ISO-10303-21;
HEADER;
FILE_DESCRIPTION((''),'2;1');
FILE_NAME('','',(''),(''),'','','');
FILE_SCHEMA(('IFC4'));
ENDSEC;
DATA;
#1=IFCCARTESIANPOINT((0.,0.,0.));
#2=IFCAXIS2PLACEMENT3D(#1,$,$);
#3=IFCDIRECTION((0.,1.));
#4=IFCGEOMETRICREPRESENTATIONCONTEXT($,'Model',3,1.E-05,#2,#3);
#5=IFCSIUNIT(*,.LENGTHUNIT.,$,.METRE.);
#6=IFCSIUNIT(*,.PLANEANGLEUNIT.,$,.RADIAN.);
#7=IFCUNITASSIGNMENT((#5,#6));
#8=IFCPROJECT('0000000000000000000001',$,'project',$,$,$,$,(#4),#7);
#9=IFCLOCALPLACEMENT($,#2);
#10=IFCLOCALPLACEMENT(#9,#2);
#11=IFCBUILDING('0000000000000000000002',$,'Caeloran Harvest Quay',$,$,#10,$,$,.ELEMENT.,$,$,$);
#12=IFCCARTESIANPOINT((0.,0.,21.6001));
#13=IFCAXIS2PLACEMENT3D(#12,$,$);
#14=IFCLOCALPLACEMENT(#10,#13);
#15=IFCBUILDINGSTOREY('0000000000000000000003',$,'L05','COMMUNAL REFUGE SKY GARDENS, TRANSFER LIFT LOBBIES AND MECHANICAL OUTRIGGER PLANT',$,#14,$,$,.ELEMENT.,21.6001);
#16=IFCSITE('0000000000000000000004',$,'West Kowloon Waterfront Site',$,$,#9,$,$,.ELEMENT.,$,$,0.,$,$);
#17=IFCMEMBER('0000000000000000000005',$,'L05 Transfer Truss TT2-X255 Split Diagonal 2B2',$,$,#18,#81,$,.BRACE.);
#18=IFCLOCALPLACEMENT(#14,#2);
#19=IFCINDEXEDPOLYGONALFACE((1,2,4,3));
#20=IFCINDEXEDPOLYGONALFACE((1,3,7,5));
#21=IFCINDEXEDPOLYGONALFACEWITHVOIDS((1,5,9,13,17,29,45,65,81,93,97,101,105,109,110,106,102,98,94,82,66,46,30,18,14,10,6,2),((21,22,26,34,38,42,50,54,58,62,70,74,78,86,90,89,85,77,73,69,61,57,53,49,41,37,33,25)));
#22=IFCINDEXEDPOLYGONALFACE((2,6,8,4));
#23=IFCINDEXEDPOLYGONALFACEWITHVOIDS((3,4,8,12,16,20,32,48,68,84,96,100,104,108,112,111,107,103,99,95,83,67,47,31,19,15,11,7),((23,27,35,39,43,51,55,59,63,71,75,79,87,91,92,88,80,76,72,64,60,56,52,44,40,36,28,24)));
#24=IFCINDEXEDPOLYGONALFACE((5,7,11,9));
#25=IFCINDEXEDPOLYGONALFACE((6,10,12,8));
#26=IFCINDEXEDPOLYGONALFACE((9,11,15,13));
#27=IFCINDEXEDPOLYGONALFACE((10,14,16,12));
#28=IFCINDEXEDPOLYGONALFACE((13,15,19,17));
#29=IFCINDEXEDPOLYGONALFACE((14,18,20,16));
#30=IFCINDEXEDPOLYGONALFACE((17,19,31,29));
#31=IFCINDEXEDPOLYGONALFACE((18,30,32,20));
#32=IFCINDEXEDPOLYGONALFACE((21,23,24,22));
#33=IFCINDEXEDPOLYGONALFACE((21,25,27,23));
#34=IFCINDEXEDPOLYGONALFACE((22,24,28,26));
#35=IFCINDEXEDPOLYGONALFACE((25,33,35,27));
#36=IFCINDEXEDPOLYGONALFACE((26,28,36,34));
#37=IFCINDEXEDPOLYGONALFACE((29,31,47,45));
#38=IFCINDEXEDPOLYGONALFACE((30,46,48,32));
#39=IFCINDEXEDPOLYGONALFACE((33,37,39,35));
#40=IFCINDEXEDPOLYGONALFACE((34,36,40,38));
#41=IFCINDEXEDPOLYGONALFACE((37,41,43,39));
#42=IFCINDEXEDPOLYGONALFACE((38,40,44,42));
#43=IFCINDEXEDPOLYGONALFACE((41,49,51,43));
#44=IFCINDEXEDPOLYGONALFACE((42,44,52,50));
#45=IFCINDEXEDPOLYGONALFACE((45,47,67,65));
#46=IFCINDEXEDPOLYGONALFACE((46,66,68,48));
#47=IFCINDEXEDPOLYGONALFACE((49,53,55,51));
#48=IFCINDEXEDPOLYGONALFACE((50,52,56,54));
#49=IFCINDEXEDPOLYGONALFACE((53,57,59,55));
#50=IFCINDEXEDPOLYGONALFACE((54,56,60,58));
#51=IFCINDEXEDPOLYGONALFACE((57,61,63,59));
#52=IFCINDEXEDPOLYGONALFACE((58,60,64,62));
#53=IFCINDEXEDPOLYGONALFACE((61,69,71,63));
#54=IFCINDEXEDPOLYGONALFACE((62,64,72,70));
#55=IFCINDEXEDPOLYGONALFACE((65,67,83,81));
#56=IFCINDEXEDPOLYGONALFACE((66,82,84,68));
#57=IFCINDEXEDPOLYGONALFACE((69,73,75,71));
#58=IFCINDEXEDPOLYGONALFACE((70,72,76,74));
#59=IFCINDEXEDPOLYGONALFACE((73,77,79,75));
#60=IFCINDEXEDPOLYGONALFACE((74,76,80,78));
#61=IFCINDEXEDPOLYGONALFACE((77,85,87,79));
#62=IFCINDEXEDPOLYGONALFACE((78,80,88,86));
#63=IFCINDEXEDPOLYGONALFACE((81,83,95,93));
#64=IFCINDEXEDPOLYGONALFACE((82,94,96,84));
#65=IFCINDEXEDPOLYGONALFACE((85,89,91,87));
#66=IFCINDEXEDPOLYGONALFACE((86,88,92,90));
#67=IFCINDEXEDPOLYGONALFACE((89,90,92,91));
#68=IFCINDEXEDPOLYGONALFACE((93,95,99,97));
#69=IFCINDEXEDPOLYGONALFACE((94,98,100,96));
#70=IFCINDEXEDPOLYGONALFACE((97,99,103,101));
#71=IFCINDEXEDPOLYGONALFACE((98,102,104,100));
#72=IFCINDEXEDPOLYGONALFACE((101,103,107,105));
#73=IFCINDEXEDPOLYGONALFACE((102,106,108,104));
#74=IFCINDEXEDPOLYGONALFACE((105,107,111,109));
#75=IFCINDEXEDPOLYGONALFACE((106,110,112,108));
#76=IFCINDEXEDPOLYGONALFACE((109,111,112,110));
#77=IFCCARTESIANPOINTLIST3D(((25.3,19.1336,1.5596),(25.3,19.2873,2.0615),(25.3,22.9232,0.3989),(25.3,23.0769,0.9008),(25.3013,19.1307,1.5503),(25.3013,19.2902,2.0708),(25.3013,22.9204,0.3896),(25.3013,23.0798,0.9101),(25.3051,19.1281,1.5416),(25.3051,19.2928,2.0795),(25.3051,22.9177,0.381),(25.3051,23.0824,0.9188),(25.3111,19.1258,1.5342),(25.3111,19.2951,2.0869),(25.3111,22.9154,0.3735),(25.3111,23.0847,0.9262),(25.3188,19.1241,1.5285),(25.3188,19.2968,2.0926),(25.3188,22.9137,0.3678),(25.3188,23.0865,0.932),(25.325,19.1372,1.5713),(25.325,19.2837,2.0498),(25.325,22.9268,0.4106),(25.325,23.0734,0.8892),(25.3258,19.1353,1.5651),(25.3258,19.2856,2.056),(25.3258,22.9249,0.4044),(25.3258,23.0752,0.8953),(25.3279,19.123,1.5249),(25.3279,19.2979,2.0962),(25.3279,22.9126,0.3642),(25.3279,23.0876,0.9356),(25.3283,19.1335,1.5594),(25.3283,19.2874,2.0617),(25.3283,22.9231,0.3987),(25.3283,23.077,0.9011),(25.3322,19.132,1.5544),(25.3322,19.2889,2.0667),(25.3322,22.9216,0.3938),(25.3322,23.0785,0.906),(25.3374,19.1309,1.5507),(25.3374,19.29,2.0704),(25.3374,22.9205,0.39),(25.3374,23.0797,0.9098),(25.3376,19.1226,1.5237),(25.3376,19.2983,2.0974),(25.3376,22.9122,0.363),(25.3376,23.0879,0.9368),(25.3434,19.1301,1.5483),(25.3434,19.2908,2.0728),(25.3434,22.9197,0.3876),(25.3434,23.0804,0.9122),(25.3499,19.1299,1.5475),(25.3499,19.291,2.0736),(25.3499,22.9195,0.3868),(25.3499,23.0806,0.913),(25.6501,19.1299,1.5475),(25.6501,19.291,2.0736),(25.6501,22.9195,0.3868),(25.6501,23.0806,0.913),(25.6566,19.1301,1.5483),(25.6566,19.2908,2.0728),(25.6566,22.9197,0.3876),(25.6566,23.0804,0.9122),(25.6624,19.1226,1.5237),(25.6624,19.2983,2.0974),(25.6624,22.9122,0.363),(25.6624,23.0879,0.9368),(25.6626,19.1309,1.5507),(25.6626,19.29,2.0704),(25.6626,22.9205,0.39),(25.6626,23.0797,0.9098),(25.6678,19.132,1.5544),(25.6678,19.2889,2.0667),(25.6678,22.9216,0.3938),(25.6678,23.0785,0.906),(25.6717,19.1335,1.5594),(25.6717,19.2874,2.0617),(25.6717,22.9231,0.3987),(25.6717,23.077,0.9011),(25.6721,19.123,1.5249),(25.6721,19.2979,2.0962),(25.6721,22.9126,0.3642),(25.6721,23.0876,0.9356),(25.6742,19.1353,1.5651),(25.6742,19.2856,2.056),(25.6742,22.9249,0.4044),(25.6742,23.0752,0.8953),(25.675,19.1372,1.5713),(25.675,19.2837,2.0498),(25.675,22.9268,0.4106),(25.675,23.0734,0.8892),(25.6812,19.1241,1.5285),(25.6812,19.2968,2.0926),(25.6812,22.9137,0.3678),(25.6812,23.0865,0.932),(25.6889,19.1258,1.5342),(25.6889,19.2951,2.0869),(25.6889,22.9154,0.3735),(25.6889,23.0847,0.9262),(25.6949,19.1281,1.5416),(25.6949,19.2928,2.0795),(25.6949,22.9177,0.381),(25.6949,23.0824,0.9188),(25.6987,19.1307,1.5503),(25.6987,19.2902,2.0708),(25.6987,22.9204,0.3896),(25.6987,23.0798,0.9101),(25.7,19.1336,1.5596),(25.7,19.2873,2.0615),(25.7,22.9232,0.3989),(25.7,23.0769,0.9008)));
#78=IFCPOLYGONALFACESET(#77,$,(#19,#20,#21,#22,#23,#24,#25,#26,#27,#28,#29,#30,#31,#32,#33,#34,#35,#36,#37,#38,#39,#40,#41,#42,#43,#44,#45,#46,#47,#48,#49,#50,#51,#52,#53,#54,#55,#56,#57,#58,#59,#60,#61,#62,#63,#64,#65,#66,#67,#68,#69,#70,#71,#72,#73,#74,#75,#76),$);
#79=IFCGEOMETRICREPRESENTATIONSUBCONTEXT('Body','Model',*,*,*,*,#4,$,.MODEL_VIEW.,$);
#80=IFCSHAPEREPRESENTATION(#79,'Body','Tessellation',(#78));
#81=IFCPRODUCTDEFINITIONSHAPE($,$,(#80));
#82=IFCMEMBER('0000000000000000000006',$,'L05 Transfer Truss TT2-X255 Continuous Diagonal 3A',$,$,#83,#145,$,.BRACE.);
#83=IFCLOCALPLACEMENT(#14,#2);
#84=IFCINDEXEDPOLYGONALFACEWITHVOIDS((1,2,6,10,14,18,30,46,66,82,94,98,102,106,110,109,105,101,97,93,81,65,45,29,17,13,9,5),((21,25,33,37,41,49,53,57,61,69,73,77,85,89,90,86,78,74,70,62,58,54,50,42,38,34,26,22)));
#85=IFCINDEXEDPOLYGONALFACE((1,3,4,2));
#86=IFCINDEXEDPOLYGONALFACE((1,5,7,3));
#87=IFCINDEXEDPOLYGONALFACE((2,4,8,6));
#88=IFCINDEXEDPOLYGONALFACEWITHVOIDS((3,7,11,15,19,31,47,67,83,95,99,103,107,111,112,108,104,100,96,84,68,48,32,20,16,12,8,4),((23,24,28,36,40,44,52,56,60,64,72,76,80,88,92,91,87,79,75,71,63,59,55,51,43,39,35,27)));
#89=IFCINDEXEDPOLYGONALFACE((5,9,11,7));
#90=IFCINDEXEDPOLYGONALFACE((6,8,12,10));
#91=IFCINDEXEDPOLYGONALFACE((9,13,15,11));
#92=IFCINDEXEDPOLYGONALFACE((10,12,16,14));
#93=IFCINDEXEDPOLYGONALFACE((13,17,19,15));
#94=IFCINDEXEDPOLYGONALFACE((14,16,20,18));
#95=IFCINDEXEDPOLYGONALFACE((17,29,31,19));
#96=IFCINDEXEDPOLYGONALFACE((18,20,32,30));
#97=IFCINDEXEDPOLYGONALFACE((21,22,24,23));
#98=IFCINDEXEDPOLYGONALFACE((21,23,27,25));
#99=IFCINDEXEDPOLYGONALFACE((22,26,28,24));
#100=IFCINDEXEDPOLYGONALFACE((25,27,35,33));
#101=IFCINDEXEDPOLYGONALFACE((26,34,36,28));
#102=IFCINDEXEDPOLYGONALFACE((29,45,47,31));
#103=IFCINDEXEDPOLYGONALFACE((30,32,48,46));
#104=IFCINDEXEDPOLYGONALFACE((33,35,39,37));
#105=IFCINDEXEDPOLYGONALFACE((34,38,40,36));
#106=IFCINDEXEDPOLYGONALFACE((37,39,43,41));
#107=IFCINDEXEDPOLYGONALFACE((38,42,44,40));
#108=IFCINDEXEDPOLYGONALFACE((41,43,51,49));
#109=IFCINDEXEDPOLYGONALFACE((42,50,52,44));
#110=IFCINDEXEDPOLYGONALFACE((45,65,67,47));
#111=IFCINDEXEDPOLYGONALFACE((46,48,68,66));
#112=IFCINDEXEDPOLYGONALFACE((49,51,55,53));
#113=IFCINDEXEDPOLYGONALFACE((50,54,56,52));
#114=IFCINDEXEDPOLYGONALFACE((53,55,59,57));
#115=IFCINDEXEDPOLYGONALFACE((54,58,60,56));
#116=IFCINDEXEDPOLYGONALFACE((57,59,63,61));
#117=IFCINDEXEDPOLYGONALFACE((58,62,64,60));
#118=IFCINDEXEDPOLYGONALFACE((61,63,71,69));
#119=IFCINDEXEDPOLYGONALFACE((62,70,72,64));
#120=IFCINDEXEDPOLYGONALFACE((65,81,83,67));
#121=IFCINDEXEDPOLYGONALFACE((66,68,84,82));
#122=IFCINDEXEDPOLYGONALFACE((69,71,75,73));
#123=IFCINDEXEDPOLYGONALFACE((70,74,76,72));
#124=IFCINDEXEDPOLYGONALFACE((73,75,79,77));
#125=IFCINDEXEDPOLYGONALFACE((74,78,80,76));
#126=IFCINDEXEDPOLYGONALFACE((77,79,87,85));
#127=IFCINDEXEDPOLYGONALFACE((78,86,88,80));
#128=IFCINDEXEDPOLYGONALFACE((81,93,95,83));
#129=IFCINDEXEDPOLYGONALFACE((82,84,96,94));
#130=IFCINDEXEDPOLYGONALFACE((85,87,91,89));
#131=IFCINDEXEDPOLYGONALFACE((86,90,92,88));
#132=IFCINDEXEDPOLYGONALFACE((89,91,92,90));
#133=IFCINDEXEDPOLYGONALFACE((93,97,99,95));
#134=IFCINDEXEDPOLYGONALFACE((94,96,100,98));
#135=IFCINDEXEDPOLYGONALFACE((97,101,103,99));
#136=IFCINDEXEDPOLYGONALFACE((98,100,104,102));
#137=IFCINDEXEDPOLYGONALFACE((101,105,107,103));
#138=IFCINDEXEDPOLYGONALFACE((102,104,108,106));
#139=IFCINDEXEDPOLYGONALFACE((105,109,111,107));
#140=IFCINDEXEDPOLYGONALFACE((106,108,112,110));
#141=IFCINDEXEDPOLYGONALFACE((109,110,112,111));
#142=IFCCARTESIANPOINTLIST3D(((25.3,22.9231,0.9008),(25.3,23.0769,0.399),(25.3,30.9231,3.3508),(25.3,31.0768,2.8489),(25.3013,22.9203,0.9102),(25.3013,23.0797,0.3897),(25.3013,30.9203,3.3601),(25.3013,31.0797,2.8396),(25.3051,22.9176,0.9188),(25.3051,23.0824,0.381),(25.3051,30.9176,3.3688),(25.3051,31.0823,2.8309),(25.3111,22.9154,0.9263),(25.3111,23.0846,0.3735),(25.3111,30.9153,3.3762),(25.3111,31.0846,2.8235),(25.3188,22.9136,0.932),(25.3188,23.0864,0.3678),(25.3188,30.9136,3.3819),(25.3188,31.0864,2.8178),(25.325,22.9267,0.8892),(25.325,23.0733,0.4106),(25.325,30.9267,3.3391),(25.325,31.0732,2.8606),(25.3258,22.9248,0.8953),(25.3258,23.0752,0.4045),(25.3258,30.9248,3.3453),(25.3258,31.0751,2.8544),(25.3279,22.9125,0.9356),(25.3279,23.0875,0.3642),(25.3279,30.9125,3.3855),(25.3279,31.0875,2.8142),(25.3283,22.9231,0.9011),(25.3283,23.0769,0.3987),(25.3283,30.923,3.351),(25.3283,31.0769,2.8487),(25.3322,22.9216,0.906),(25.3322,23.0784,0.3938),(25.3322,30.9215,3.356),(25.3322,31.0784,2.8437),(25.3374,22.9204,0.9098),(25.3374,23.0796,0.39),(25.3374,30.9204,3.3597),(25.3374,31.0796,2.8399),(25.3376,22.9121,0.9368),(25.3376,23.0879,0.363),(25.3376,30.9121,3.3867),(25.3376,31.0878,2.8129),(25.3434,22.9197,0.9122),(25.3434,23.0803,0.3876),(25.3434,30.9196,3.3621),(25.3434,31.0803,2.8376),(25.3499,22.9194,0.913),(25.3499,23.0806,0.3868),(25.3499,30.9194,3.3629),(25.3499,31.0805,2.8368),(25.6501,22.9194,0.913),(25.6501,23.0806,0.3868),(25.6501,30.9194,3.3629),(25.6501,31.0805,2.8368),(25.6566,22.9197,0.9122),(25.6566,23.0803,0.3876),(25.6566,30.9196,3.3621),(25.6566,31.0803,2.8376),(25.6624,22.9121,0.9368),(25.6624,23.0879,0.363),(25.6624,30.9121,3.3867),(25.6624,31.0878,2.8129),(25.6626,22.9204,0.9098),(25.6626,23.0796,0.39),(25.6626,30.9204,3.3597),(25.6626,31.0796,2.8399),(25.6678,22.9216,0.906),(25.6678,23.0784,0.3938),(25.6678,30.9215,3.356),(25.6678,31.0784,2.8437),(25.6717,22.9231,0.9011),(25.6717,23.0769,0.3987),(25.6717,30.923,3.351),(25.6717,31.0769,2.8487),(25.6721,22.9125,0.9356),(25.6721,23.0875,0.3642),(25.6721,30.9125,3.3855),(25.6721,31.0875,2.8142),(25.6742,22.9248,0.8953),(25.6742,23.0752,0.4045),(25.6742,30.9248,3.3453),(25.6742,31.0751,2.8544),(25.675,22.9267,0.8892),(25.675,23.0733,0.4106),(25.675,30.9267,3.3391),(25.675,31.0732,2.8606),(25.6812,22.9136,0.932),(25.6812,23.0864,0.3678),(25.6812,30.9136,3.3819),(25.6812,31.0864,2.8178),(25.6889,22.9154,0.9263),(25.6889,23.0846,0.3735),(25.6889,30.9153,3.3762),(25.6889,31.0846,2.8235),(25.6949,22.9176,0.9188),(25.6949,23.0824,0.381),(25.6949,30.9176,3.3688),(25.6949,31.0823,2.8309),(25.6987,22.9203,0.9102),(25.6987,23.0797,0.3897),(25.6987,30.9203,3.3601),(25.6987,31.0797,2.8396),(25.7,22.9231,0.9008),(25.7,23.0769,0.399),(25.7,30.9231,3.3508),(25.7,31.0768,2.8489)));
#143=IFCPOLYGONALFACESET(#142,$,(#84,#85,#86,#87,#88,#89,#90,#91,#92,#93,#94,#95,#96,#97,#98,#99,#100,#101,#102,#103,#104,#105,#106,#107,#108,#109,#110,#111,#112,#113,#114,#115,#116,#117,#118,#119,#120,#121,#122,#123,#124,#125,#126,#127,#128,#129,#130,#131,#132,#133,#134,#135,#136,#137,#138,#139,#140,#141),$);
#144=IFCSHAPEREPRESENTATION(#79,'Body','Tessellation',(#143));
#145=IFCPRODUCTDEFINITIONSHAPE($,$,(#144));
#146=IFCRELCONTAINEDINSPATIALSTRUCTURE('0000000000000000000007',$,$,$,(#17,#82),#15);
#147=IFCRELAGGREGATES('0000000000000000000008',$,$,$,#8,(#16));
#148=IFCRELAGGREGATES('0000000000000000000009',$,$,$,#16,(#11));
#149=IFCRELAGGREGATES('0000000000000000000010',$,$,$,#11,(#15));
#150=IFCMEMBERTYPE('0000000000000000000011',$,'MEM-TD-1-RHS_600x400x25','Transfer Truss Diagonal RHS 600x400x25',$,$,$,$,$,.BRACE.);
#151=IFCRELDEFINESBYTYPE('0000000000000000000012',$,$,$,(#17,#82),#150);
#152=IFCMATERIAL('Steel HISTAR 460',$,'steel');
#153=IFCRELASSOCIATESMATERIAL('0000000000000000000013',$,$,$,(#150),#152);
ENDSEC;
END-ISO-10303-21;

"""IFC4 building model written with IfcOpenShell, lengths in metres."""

from ifc_helpers import new_model, si_unit, direction, frame, origin, origin_2d, place, context, subcontext, project, spatial, hollow_rectangle, extrude, material, material_profile, profile_set, type_object, element, save


model = new_model("IFC4")

# Units and contexts
model_context = context("Model", 3, precision=1e-05, world=origin(), true_north=direction((0.0, 1.0)))
body_context = subcontext(model_context, "Body", "Model", "MODEL_VIEW")
ifc_project = project(units=[si_unit("LENGTHUNIT", "METRE"), si_unit("PLANEANGLEUNIT", "RADIAN")], contexts=[model_context])

# Site, building, storey
site_placement = place(None, origin())
site = spatial("IfcSite", under=ifc_project, at=site_placement, Name="West Kowloon Waterfront Site", CompositionType="ELEMENT", RefElevation=0.0)
building_placement = place(site_placement, origin())
building = spatial("IfcBuilding", under=site, at=building_placement, Name="Caeloran Harvest Quay", CompositionType="ELEMENT")
storey_placement = place(building_placement, frame((0.0, 0.0, 21.6001)))
storey = spatial("IfcBuildingStorey", under=building, at=storey_placement, Name="L05", Description="COMMUNAL REFUGE SKY GARDENS, TRANSFER LIFT LOBBIES AND MECHANICAL OUTRIGGER PLANT", CompositionType="ELEMENT", Elevation=21.6001)

# Members
ifc_material_1 = material(Name="Steel HISTAR 460", Category="steel")
ifc_material_profile_1 = material_profile(ifc_material_1, hollow_rectangle(XDim=0.3999, YDim=0.6001, WallThickness=0.0249, InnerFilletRadius=0.0249, OuterFilletRadius=0.0376, at=origin_2d()), Name="RHS 600x400x25")
ifc_profile_set_1 = profile_set([ifc_material_profile_1], Name="Steel HISTAR 460")
member_type_1 = type_object("IfcMemberType", Name="MEM-TD-1-RHS_600x400x25", Description="Transfer Truss Diagonal RHS 600x400x25", PredefinedType="BRACE", material=ifc_profile_set_1)
member_1_placement = place(storey_placement, frame((25.5, 19.2104, 1.8105), z_axis=(0.0, 0.956159, -0.292848), x_axis=(-1.0, 0.0, 0.0)))
element("IfcMember", 1, at=member_1_placement, inside=storey, type_object=member_type_1, Name="L05 Transfer Truss TT2-X255 Split Diagonal 2B2", PredefinedType="BRACE", context=body_context, shape_type="SweptSolid", body=[
    extrude(hollow_rectangle(XDim=0.3999, YDim=0.6001, WallThickness=0.0249, InnerFilletRadius=0.0249, OuterFilletRadius=0.0376, at=origin_2d()), origin(), (0.0, 0.0, 1.0), 3.9634),
])
member_2_placement = place(storey_placement, frame((25.5, 23.0, 0.6499), z_axis=(0.0, 0.956167, 0.29282), x_axis=(-1.0, 0.0, 0.0)))
element("IfcMember", 2, at=member_2_placement, inside=storey, type_object=member_type_1, Name="L05 Transfer Truss TT2-X255 Continuous Diagonal 3A", PredefinedType="BRACE", context=body_context, shape_type="SweptSolid", body=[
    extrude(hollow_rectangle(XDim=0.3999, YDim=0.6001, WallThickness=0.0249, InnerFilletRadius=0.0249, OuterFilletRadius=0.0376, at=origin_2d()), origin(), (0.0, 0.0, 1.0), 8.3667),
])

save(model, "model.ifc")
